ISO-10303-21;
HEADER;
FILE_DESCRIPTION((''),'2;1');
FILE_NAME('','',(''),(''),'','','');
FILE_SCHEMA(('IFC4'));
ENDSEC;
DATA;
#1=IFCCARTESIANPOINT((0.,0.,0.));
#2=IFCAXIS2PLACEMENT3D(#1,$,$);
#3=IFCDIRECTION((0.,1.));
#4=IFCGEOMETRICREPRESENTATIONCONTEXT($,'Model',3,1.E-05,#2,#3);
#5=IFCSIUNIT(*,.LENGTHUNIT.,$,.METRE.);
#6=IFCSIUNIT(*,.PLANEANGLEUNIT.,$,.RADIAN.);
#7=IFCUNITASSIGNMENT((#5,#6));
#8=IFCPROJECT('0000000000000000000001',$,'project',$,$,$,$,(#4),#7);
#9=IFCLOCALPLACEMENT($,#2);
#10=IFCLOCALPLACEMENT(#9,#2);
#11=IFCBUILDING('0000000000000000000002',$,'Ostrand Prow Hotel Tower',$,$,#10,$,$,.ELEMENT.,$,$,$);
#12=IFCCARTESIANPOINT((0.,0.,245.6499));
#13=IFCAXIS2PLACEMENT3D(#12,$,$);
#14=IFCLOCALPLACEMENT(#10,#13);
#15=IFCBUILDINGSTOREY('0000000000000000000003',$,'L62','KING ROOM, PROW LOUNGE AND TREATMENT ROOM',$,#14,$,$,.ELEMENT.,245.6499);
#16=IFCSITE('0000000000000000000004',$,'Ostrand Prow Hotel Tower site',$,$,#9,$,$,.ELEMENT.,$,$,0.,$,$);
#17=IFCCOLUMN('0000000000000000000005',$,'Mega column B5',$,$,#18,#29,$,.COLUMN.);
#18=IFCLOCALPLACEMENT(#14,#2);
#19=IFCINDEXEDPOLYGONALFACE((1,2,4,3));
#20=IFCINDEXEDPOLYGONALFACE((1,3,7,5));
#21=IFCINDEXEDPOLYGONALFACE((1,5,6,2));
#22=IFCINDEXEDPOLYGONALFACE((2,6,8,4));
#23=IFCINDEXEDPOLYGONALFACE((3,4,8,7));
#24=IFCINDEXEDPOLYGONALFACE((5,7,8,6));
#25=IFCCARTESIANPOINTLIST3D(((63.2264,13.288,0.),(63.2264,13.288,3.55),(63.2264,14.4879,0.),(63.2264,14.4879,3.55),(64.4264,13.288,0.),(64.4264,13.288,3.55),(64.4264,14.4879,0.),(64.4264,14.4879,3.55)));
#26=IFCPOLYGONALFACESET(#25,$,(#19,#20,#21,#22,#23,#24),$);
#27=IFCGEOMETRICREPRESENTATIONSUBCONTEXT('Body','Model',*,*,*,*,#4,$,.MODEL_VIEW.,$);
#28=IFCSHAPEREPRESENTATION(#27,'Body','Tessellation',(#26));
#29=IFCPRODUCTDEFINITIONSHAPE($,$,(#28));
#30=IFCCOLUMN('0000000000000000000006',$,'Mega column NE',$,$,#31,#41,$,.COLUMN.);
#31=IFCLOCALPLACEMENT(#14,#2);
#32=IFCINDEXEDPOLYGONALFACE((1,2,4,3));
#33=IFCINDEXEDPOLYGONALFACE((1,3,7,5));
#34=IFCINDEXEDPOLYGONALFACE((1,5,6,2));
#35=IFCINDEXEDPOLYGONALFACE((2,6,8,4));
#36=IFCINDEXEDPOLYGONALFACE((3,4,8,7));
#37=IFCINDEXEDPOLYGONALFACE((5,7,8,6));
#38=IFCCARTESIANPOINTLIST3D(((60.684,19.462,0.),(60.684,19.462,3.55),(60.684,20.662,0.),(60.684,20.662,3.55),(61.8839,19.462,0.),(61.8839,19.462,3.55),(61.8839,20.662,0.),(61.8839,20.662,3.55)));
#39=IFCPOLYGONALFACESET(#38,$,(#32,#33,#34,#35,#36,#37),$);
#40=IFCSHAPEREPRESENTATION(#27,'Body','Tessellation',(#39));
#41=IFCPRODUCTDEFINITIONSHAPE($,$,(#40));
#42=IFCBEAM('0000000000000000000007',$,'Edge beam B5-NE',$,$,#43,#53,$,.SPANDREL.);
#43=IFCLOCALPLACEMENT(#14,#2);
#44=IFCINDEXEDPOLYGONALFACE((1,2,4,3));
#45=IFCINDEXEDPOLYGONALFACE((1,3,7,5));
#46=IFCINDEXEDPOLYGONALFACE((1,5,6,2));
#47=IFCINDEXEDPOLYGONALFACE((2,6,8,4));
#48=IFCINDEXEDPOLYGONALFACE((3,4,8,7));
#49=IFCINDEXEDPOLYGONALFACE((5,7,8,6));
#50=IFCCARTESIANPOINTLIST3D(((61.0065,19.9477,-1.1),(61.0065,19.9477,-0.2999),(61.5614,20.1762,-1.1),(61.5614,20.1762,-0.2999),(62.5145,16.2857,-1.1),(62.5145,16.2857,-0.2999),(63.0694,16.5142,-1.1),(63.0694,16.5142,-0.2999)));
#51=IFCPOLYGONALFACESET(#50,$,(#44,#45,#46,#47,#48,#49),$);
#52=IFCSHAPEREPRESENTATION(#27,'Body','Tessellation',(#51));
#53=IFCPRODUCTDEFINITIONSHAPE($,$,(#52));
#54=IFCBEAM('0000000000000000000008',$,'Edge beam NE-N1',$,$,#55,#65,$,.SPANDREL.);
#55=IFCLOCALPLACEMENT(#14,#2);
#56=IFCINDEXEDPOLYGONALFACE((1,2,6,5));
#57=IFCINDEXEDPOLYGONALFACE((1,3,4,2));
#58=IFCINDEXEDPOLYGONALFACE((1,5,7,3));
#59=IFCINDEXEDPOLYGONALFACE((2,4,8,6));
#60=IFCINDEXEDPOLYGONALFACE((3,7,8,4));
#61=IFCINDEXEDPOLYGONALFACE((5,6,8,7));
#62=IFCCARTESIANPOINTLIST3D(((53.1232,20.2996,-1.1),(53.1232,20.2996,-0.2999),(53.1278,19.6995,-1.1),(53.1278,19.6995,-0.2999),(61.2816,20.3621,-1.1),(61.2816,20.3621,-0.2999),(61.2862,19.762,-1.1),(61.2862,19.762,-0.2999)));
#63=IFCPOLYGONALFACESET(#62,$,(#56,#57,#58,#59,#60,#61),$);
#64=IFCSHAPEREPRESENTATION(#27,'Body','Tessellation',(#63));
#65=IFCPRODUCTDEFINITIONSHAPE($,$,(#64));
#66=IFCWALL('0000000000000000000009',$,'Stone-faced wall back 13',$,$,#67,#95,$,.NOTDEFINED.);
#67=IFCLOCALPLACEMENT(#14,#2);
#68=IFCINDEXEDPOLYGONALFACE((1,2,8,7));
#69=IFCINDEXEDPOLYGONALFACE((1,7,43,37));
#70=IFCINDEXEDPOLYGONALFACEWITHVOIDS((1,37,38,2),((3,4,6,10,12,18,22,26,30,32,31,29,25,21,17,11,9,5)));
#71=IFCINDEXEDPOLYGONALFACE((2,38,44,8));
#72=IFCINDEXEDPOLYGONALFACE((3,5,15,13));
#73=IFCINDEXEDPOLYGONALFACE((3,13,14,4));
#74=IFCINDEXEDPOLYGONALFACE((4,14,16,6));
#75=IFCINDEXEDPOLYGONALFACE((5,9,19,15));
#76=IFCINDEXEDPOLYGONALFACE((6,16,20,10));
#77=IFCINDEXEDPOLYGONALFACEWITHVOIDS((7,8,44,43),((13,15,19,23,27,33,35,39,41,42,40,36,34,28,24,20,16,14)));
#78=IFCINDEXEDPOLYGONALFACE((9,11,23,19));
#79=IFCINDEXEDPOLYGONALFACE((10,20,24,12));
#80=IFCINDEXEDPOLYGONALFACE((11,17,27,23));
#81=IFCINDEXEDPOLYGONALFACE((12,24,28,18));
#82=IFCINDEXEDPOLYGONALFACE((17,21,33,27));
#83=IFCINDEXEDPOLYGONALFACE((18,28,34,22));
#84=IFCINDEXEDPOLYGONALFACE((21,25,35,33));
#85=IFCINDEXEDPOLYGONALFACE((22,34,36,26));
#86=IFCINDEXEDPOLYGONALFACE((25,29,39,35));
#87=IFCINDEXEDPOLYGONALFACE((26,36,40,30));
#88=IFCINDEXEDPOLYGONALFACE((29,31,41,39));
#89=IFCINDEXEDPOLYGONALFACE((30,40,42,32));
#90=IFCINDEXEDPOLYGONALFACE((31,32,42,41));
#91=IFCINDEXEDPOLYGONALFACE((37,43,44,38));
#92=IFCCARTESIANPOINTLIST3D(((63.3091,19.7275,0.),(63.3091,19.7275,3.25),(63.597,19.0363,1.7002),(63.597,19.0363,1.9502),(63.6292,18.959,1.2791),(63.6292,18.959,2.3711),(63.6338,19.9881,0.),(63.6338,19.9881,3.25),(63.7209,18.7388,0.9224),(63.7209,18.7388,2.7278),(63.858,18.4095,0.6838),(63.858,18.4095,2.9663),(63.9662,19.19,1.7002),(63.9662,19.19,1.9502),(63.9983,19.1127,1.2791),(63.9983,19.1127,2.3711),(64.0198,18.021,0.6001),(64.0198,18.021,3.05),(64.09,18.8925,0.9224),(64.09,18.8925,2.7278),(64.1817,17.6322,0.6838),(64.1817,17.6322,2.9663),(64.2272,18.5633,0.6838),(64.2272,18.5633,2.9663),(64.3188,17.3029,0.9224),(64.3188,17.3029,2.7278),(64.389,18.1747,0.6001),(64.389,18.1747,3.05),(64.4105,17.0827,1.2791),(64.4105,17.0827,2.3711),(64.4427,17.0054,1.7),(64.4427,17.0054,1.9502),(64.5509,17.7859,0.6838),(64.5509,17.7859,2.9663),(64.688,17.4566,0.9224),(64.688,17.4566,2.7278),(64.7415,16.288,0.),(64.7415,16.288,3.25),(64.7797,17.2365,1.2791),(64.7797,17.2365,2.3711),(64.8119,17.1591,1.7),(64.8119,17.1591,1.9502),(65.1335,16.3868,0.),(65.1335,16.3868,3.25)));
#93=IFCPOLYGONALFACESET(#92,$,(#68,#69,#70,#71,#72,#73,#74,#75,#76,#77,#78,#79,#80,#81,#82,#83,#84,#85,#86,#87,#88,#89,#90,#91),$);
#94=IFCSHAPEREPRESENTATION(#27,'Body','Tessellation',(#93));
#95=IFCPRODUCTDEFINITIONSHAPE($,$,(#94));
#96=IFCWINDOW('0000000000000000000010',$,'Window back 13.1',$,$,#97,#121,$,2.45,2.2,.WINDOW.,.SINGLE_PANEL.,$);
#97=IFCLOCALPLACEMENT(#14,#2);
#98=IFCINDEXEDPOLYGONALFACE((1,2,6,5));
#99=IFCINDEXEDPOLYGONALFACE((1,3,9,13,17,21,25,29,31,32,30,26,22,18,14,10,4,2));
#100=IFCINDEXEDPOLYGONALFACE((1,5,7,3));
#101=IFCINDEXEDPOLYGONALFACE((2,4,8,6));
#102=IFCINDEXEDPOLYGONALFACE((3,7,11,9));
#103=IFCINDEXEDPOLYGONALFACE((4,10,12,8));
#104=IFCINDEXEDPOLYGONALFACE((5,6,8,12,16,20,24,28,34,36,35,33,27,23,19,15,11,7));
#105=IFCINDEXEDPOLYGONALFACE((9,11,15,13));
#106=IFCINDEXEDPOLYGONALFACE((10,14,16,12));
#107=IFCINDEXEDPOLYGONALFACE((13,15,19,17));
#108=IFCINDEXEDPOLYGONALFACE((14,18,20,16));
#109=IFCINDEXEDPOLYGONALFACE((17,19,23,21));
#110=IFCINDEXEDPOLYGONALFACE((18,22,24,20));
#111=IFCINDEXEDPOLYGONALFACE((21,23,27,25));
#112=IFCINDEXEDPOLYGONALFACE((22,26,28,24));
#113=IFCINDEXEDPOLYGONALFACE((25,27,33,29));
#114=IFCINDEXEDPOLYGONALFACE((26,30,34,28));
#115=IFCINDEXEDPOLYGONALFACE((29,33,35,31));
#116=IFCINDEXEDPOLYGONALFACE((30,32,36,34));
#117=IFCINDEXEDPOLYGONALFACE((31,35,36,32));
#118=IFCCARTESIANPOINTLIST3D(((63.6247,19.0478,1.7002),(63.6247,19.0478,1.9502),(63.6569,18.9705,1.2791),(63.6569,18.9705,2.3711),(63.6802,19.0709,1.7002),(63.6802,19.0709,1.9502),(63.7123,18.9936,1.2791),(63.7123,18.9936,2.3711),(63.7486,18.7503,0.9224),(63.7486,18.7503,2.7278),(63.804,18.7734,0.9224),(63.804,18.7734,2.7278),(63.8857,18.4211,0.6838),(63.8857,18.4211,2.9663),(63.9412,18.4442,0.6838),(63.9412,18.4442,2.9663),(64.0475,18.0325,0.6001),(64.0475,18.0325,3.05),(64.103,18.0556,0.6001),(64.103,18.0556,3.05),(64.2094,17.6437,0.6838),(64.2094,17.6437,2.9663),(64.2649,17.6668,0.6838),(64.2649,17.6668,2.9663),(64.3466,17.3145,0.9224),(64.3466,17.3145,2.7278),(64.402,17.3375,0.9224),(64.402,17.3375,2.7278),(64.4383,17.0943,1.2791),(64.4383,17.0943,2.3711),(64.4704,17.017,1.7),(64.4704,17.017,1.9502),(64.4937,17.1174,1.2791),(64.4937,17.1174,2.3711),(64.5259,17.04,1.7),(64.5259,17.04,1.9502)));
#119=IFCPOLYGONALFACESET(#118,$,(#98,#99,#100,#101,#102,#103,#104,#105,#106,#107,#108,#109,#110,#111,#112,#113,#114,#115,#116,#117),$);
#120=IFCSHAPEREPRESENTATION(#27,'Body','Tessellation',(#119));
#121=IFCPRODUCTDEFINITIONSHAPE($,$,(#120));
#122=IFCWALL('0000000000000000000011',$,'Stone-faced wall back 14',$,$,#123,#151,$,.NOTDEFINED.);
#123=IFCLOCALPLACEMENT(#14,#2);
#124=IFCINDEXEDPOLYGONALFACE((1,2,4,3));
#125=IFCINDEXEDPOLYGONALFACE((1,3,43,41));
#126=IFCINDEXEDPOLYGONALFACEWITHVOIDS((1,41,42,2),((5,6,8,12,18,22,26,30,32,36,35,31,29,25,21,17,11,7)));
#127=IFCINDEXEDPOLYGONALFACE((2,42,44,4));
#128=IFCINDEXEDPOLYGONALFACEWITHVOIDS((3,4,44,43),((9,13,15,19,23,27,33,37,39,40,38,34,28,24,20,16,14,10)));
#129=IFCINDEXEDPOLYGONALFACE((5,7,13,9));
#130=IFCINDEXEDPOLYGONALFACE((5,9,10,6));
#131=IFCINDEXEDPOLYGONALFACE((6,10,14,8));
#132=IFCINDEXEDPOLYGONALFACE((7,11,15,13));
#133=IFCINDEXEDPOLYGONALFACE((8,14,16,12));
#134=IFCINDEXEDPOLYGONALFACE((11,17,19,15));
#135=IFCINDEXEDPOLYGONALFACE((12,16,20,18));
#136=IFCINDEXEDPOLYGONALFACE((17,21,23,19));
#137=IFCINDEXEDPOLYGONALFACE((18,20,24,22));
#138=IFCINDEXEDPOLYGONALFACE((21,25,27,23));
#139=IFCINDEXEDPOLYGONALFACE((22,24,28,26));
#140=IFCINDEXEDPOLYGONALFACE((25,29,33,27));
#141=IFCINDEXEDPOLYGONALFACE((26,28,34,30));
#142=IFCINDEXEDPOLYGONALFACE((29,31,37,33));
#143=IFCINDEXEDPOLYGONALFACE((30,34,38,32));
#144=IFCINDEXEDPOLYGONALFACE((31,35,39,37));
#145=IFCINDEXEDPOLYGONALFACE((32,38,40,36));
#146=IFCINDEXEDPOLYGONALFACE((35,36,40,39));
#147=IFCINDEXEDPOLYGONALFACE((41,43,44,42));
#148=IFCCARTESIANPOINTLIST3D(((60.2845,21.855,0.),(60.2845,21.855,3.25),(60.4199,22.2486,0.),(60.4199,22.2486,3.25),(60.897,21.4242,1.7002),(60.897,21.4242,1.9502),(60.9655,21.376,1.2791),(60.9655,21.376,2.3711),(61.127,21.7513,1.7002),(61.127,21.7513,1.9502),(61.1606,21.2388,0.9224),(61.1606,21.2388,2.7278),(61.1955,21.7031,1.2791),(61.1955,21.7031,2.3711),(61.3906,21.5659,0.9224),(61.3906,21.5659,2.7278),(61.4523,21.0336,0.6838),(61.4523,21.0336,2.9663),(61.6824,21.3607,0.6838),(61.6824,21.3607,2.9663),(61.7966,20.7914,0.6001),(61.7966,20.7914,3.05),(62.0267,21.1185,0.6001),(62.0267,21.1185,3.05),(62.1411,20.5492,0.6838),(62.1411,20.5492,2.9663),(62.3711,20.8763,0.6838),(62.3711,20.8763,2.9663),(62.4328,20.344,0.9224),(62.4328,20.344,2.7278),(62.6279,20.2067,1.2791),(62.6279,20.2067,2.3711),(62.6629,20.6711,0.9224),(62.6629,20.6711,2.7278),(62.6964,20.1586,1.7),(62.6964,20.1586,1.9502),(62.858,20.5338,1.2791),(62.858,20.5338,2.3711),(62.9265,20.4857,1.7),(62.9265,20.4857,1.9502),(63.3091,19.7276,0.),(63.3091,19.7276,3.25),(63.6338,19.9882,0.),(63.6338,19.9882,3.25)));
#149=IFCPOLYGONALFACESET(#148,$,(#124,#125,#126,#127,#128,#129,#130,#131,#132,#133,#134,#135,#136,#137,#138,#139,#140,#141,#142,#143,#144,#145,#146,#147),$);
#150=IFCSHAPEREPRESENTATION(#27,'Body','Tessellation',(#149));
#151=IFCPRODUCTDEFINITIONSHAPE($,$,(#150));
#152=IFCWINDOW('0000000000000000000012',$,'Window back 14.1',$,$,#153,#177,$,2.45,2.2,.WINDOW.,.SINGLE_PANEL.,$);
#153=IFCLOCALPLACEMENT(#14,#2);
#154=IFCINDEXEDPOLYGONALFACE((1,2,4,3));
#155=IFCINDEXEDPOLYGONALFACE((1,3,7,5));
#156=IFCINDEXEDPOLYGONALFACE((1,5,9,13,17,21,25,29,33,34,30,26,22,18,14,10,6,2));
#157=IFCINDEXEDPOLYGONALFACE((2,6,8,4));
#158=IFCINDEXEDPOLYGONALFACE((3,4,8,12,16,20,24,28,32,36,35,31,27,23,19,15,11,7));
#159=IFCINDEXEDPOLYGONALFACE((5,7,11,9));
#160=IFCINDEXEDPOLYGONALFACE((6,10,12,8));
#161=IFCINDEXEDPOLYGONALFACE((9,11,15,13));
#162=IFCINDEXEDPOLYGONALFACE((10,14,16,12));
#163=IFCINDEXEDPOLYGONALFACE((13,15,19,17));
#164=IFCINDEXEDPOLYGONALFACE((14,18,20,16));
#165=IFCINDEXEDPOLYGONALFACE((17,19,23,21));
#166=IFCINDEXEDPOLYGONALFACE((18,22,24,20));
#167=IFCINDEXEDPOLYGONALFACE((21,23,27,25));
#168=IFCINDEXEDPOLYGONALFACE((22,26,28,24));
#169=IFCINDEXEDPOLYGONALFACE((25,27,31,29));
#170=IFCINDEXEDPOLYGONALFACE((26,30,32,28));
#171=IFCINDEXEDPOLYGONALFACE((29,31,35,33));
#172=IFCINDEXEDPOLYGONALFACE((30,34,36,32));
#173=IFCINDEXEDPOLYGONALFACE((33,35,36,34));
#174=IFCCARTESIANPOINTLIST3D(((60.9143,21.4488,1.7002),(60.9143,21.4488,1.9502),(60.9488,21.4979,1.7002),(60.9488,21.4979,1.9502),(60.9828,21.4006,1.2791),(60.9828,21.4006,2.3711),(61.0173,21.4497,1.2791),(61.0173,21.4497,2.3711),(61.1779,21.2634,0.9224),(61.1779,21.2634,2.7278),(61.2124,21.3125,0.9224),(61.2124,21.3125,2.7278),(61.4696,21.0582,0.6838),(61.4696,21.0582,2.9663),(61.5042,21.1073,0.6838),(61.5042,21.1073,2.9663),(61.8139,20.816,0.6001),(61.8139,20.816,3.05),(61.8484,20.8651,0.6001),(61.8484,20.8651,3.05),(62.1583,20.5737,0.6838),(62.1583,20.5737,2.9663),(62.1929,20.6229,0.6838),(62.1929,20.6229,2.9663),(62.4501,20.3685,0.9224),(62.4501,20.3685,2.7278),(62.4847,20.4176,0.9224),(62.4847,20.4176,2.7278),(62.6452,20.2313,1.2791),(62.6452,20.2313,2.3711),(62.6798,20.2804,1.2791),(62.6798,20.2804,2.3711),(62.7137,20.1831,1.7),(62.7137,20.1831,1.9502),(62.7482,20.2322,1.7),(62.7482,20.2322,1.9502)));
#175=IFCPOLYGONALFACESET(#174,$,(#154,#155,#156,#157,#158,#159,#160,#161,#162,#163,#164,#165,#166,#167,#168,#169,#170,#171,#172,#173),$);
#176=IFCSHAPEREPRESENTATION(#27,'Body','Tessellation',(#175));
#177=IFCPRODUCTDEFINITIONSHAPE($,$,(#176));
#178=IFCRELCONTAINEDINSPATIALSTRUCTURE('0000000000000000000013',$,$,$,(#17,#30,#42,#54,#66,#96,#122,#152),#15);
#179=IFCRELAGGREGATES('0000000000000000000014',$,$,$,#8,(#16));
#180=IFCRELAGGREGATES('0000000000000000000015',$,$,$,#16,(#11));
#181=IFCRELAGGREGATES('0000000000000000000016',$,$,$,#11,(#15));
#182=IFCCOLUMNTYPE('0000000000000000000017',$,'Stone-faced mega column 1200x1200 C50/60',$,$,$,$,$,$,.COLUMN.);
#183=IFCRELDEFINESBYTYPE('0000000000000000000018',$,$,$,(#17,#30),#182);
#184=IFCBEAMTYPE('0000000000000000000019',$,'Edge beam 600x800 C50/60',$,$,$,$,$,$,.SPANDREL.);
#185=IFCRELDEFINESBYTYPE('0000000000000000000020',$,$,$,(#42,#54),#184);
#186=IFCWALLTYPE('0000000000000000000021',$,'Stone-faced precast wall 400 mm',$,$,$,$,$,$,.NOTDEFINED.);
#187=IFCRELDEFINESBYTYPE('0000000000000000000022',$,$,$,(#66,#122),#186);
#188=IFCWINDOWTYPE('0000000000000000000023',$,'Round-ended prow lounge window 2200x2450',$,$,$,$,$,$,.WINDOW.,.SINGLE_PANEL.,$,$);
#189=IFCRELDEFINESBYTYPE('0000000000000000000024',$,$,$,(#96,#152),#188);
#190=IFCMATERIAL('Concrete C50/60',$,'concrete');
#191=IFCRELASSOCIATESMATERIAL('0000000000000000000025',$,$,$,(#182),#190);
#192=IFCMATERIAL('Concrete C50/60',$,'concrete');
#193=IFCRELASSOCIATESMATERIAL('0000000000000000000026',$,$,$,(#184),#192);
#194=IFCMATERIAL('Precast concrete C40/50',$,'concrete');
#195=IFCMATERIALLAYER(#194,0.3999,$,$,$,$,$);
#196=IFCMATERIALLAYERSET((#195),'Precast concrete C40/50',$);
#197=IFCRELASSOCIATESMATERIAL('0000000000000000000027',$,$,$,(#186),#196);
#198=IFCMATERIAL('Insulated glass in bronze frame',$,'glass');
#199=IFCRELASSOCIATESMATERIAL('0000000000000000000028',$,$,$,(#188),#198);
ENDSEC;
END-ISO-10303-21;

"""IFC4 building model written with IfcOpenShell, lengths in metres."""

from ifc_helpers import new_model, si_unit, direction, frame, origin, origin_2d, place, context, subcontext, project, spatial, polyline, rectangle, outline, extrude, material, layer, layer_set, material_profile, profile_set, type_object, element, fill, save


model = new_model("IFC4")

# Units and contexts
model_context = context("Model", 3, precision=1e-05, world=origin(), true_north=direction((0.0, 1.0)))
body_context = subcontext(model_context, "Body", "Model", "MODEL_VIEW")
ifc_project = project(units=[si_unit("LENGTHUNIT", "METRE"), si_unit("PLANEANGLEUNIT", "RADIAN")], contexts=[model_context])

# Site, building, storey
site_placement = place(None, origin())
site = spatial("IfcSite", under=ifc_project, at=site_placement, Name="Ostrand Prow Hotel Tower site", CompositionType="ELEMENT", RefElevation=0.0)
building_placement = place(site_placement, origin())
building = spatial("IfcBuilding", under=site, at=building_placement, Name="Ostrand Prow Hotel Tower", CompositionType="ELEMENT")
storey_placement = place(building_placement, frame((0.0, 0.0, 245.6499)))
storey = spatial("IfcBuildingStorey", under=building, at=storey_placement, Name="L62", Description="KING ROOM, PROW LOUNGE AND TREATMENT ROOM", CompositionType="ELEMENT", Elevation=245.6499)

# Columns
ifc_material_1 = material(Name="Concrete C50/60", Category="concrete")
ifc_material_profile_1 = material_profile(ifc_material_1, rectangle(XDim=1.2, YDim=1.2, at=origin_2d()), Name="RC 1200x1200")
ifc_profile_set_1 = profile_set([ifc_material_profile_1], Name="Concrete C50/60")
column_type = type_object("IfcColumnType", Name="Stone-faced mega column 1200x1200 C50/60", PredefinedType="COLUMN", material=ifc_profile_set_1)
for number, where, z_axis, x_axis, name in (
    (1, (63.8264, 13.8879, 0.0), (0.0, 0.0, 1.0), (1.0, 0.0, 0.0), "Mega column B5"),
    (2, (61.2839, 20.062, 0.0), (0.0, 0.0, 1.0), (1.0, 0.0, 0.0), "Mega column NE"),
):
    element("IfcColumn", number, at=place(storey_placement, frame(where, z_axis=z_axis, x_axis=x_axis)), inside=storey, type_object=column_type, Name=name, PredefinedType="COLUMN", context=body_context, shape_type="SweptSolid", body=[
        extrude(rectangle(XDim=1.2, YDim=1.2, at=origin_2d()), origin(), (0.0, 0.0, 1.0), 3.55),
    ])

# Beams
ifc_material_2 = material(Name="Concrete C50/60", Category="concrete")
ifc_material_profile_2 = material_profile(ifc_material_2, rectangle(XDim=0.6001, YDim=0.8, at=origin_2d()), Name="RC 600x800")
ifc_profile_set_2 = profile_set([ifc_material_profile_2], Name="Concrete C50/60")
beam_type = type_object("IfcBeamType", Name="Edge beam 600x800 C50/60", PredefinedType="SPANDREL", material=ifc_profile_set_2)
beam_1_placement = place(storey_placement, frame((62.792, 16.3999, -0.7), z_axis=(-0.380778, 0.924667, 0.0), x_axis=(-0.924667, -0.380778, 0.0)))
element("IfcBeam", 3, at=beam_1_placement, inside=storey, type_object=beam_type, Name="Edge beam B5-NE", PredefinedType="SPANDREL", context=body_context, shape_type="SweptSolid", body=[
    extrude(rectangle(XDim=0.6001, YDim=0.8, at=origin_2d()), origin(), (0.0, 0.0, 1.0), 3.9604),
])
beam_2_placement = place(storey_placement, frame((61.2839, 20.062, -0.7), z_axis=(-0.999971, -0.007661, 0.0), x_axis=(0.007661, -0.999971, 0.0)))
element("IfcBeam", 4, at=beam_2_placement, inside=storey, type_object=beam_type, Name="Edge beam NE-N1", PredefinedType="SPANDREL", context=body_context, shape_type="SweptSolid", body=[
    extrude(rectangle(XDim=0.6001, YDim=0.8, at=origin_2d()), origin(), (0.0, 0.0, 1.0), 8.1587),
])

# Walls, openings, windows
ifc_material_3 = material(Name="Precast concrete C40/50", Category="concrete")
ifc_layer_1 = layer(ifc_material_3, 0.3999)
ifc_layer_set_1 = layer_set([ifc_layer_1], Name="Precast concrete C40/50")
wall_type = type_object("IfcWallType", Name="Stone-faced precast wall 400 mm", PredefinedType="NOTDEFINED", material=ifc_layer_set_1)
wall_1_placement = place(storey_placement, frame((64.9375, 16.3374, 0.0), z_axis=(0.0, 0.0, 1.0), x_axis=(-0.384434, 0.923153, 0.0)))
wall_1 = element("IfcWall", 5, at=wall_1_placement, inside=storey, type_object=wall_type, Name="Stone-faced wall back 13", PredefinedType="NOTDEFINED", context=body_context, shape_type="SweptSolid", body=[
    extrude(outline(polyline([(-0.0298, -0.2), (3.8713, -0.2), (3.7556, 0.2), (0.0298, 0.2), (-0.0298, -0.2)])), origin(), (0.0, 0.0, 1.0), 3.25),
])
opening_1_placement = place(wall_1_placement, frame((0.8069, 0.0, 0.6001)))
opening_1 = element("IfcOpeningElement", 6, at=opening_1_placement, cuts=wall_1, PredefinedType="OPENING", context=body_context, shape_type="SweptSolid", body=[
    extrude(outline(polyline([(0.0, 1.3501), (0.0837, 1.771), (0.3223, 2.1277), (0.679, 2.3662), (1.1001, 2.45), (1.521, 2.3662), (1.8777, 2.1277), (2.1162, 1.771), (2.2, 1.3501), (2.2, 1.1001), (2.1162, 0.679), (1.8777, 0.3223), (1.521, 0.0837), (1.1001, 0.0), (0.679, 0.0837), (0.3223, 0.3223), (0.0837, 0.679), (0.0, 1.0999), (0.0, 1.3501)])), frame((0.0, 0.21, 0.0), z_axis=(0.0, -1.0, 0.0), x_axis=(1.0, 0.0, 0.0)), (0.0, 0.0, 1.0), 0.4199),
])
ifc_material_4 = material(Name="Insulated glass in bronze frame", Category="glass")
window_type = type_object("IfcWindowType", Name="Round-ended prow lounge window 2200x2450", PartitioningType="SINGLE_PANEL", PredefinedType="WINDOW", material=ifc_material_4)
window_1_placement = place(opening_1_placement, origin())
window_1 = element("IfcWindow", 7, at=window_1_placement, inside=storey, type_object=window_type, Name="Window back 13.1", OverallHeight=2.45, OverallWidth=2.2, PartitioningType="SINGLE_PANEL", PredefinedType="WINDOW", context=body_context, shape_type="SweptSolid", body=[
    extrude(outline(polyline([(0.0, 1.3501), (0.0837, 1.771), (0.3223, 2.1277), (0.679, 2.3662), (1.1001, 2.45), (1.521, 2.3662), (1.8777, 2.1277), (2.1162, 1.771), (2.2, 1.3501), (2.2, 1.1001), (2.1162, 0.679), (1.8777, 0.3223), (1.521, 0.0837), (1.1001, 0.0), (0.679, 0.0837), (0.3223, 0.3223), (0.0837, 0.679), (0.0, 1.0999), (0.0, 1.3501)])), frame((0.0, 0.1699, 0.0), z_axis=(0.0, -1.0, 0.0), x_axis=(1.0, 0.0, 0.0)), (0.0, 0.0, 1.0), 0.0601),
])
fill(opening_1, window_1)
wall_2_placement = place(storey_placement, frame((63.4714, 19.8579, 0.0), z_axis=(0.0, 0.0, 1.0), x_axis=(-0.817943, 0.5753, 0.0)))
wall_2 = element("IfcWall", 8, at=wall_2_placement, inside=storey, type_object=wall_type, Name="Stone-faced wall back 14", PredefinedType="NOTDEFINED", context=body_context, shape_type="SweptSolid", body=[
    extrude(outline(polyline([(-0.0579, -0.2), (3.8713, -0.2), (3.7556, 0.2), (0.0579, 0.2), (-0.0579, -0.2)])), origin(), (0.0, 0.0, 1.0), 3.25),
])
opening_2_placement = place(wall_2_placement, frame((0.8069, 0.0, 0.6001)))
opening_2 = element("IfcOpeningElement", 9, at=opening_2_placement, cuts=wall_2, PredefinedType="OPENING", context=body_context, shape_type="SweptSolid", body=[
    extrude(outline(polyline([(0.0, 1.3501), (0.0837, 1.771), (0.3223, 2.1277), (0.679, 2.3662), (1.1001, 2.45), (1.521, 2.3662), (1.8777, 2.1277), (2.1162, 1.771), (2.2, 1.3501), (2.2, 1.1001), (2.1162, 0.679), (1.8777, 0.3223), (1.521, 0.0837), (1.1001, 0.0), (0.679, 0.0837), (0.3223, 0.3223), (0.0837, 0.679), (0.0, 1.0999), (0.0, 1.3501)])), frame((0.0, 0.21, 0.0), z_axis=(0.0, -1.0, 0.0), x_axis=(1.0, 0.0, 0.0)), (0.0, 0.0, 1.0), 0.4199),
])
window_2_placement = place(opening_2_placement, origin())
window_2 = element("IfcWindow", 10, at=window_2_placement, inside=storey, type_object=window_type, Name="Window back 14.1", OverallHeight=2.45, OverallWidth=2.2, PartitioningType="SINGLE_PANEL", PredefinedType="WINDOW", context=body_context, shape_type="SweptSolid", body=[
    extrude(outline(polyline([(0.0, 1.3501), (0.0837, 1.771), (0.3223, 2.1277), (0.679, 2.3662), (1.1001, 2.45), (1.521, 2.3662), (1.8777, 2.1277), (2.1162, 1.771), (2.2, 1.3501), (2.2, 1.1001), (2.1162, 0.679), (1.8777, 0.3223), (1.521, 0.0837), (1.1001, 0.0), (0.679, 0.0837), (0.3223, 0.3223), (0.0837, 0.679), (0.0, 1.0999), (0.0, 1.3501)])), frame((0.0, 0.1699, 0.0), z_axis=(0.0, -1.0, 0.0), x_axis=(1.0, 0.0, 0.0)), (0.0, 0.0, 1.0), 0.0601),
])
fill(opening_2, window_2)

save(model, "model.ifc")
